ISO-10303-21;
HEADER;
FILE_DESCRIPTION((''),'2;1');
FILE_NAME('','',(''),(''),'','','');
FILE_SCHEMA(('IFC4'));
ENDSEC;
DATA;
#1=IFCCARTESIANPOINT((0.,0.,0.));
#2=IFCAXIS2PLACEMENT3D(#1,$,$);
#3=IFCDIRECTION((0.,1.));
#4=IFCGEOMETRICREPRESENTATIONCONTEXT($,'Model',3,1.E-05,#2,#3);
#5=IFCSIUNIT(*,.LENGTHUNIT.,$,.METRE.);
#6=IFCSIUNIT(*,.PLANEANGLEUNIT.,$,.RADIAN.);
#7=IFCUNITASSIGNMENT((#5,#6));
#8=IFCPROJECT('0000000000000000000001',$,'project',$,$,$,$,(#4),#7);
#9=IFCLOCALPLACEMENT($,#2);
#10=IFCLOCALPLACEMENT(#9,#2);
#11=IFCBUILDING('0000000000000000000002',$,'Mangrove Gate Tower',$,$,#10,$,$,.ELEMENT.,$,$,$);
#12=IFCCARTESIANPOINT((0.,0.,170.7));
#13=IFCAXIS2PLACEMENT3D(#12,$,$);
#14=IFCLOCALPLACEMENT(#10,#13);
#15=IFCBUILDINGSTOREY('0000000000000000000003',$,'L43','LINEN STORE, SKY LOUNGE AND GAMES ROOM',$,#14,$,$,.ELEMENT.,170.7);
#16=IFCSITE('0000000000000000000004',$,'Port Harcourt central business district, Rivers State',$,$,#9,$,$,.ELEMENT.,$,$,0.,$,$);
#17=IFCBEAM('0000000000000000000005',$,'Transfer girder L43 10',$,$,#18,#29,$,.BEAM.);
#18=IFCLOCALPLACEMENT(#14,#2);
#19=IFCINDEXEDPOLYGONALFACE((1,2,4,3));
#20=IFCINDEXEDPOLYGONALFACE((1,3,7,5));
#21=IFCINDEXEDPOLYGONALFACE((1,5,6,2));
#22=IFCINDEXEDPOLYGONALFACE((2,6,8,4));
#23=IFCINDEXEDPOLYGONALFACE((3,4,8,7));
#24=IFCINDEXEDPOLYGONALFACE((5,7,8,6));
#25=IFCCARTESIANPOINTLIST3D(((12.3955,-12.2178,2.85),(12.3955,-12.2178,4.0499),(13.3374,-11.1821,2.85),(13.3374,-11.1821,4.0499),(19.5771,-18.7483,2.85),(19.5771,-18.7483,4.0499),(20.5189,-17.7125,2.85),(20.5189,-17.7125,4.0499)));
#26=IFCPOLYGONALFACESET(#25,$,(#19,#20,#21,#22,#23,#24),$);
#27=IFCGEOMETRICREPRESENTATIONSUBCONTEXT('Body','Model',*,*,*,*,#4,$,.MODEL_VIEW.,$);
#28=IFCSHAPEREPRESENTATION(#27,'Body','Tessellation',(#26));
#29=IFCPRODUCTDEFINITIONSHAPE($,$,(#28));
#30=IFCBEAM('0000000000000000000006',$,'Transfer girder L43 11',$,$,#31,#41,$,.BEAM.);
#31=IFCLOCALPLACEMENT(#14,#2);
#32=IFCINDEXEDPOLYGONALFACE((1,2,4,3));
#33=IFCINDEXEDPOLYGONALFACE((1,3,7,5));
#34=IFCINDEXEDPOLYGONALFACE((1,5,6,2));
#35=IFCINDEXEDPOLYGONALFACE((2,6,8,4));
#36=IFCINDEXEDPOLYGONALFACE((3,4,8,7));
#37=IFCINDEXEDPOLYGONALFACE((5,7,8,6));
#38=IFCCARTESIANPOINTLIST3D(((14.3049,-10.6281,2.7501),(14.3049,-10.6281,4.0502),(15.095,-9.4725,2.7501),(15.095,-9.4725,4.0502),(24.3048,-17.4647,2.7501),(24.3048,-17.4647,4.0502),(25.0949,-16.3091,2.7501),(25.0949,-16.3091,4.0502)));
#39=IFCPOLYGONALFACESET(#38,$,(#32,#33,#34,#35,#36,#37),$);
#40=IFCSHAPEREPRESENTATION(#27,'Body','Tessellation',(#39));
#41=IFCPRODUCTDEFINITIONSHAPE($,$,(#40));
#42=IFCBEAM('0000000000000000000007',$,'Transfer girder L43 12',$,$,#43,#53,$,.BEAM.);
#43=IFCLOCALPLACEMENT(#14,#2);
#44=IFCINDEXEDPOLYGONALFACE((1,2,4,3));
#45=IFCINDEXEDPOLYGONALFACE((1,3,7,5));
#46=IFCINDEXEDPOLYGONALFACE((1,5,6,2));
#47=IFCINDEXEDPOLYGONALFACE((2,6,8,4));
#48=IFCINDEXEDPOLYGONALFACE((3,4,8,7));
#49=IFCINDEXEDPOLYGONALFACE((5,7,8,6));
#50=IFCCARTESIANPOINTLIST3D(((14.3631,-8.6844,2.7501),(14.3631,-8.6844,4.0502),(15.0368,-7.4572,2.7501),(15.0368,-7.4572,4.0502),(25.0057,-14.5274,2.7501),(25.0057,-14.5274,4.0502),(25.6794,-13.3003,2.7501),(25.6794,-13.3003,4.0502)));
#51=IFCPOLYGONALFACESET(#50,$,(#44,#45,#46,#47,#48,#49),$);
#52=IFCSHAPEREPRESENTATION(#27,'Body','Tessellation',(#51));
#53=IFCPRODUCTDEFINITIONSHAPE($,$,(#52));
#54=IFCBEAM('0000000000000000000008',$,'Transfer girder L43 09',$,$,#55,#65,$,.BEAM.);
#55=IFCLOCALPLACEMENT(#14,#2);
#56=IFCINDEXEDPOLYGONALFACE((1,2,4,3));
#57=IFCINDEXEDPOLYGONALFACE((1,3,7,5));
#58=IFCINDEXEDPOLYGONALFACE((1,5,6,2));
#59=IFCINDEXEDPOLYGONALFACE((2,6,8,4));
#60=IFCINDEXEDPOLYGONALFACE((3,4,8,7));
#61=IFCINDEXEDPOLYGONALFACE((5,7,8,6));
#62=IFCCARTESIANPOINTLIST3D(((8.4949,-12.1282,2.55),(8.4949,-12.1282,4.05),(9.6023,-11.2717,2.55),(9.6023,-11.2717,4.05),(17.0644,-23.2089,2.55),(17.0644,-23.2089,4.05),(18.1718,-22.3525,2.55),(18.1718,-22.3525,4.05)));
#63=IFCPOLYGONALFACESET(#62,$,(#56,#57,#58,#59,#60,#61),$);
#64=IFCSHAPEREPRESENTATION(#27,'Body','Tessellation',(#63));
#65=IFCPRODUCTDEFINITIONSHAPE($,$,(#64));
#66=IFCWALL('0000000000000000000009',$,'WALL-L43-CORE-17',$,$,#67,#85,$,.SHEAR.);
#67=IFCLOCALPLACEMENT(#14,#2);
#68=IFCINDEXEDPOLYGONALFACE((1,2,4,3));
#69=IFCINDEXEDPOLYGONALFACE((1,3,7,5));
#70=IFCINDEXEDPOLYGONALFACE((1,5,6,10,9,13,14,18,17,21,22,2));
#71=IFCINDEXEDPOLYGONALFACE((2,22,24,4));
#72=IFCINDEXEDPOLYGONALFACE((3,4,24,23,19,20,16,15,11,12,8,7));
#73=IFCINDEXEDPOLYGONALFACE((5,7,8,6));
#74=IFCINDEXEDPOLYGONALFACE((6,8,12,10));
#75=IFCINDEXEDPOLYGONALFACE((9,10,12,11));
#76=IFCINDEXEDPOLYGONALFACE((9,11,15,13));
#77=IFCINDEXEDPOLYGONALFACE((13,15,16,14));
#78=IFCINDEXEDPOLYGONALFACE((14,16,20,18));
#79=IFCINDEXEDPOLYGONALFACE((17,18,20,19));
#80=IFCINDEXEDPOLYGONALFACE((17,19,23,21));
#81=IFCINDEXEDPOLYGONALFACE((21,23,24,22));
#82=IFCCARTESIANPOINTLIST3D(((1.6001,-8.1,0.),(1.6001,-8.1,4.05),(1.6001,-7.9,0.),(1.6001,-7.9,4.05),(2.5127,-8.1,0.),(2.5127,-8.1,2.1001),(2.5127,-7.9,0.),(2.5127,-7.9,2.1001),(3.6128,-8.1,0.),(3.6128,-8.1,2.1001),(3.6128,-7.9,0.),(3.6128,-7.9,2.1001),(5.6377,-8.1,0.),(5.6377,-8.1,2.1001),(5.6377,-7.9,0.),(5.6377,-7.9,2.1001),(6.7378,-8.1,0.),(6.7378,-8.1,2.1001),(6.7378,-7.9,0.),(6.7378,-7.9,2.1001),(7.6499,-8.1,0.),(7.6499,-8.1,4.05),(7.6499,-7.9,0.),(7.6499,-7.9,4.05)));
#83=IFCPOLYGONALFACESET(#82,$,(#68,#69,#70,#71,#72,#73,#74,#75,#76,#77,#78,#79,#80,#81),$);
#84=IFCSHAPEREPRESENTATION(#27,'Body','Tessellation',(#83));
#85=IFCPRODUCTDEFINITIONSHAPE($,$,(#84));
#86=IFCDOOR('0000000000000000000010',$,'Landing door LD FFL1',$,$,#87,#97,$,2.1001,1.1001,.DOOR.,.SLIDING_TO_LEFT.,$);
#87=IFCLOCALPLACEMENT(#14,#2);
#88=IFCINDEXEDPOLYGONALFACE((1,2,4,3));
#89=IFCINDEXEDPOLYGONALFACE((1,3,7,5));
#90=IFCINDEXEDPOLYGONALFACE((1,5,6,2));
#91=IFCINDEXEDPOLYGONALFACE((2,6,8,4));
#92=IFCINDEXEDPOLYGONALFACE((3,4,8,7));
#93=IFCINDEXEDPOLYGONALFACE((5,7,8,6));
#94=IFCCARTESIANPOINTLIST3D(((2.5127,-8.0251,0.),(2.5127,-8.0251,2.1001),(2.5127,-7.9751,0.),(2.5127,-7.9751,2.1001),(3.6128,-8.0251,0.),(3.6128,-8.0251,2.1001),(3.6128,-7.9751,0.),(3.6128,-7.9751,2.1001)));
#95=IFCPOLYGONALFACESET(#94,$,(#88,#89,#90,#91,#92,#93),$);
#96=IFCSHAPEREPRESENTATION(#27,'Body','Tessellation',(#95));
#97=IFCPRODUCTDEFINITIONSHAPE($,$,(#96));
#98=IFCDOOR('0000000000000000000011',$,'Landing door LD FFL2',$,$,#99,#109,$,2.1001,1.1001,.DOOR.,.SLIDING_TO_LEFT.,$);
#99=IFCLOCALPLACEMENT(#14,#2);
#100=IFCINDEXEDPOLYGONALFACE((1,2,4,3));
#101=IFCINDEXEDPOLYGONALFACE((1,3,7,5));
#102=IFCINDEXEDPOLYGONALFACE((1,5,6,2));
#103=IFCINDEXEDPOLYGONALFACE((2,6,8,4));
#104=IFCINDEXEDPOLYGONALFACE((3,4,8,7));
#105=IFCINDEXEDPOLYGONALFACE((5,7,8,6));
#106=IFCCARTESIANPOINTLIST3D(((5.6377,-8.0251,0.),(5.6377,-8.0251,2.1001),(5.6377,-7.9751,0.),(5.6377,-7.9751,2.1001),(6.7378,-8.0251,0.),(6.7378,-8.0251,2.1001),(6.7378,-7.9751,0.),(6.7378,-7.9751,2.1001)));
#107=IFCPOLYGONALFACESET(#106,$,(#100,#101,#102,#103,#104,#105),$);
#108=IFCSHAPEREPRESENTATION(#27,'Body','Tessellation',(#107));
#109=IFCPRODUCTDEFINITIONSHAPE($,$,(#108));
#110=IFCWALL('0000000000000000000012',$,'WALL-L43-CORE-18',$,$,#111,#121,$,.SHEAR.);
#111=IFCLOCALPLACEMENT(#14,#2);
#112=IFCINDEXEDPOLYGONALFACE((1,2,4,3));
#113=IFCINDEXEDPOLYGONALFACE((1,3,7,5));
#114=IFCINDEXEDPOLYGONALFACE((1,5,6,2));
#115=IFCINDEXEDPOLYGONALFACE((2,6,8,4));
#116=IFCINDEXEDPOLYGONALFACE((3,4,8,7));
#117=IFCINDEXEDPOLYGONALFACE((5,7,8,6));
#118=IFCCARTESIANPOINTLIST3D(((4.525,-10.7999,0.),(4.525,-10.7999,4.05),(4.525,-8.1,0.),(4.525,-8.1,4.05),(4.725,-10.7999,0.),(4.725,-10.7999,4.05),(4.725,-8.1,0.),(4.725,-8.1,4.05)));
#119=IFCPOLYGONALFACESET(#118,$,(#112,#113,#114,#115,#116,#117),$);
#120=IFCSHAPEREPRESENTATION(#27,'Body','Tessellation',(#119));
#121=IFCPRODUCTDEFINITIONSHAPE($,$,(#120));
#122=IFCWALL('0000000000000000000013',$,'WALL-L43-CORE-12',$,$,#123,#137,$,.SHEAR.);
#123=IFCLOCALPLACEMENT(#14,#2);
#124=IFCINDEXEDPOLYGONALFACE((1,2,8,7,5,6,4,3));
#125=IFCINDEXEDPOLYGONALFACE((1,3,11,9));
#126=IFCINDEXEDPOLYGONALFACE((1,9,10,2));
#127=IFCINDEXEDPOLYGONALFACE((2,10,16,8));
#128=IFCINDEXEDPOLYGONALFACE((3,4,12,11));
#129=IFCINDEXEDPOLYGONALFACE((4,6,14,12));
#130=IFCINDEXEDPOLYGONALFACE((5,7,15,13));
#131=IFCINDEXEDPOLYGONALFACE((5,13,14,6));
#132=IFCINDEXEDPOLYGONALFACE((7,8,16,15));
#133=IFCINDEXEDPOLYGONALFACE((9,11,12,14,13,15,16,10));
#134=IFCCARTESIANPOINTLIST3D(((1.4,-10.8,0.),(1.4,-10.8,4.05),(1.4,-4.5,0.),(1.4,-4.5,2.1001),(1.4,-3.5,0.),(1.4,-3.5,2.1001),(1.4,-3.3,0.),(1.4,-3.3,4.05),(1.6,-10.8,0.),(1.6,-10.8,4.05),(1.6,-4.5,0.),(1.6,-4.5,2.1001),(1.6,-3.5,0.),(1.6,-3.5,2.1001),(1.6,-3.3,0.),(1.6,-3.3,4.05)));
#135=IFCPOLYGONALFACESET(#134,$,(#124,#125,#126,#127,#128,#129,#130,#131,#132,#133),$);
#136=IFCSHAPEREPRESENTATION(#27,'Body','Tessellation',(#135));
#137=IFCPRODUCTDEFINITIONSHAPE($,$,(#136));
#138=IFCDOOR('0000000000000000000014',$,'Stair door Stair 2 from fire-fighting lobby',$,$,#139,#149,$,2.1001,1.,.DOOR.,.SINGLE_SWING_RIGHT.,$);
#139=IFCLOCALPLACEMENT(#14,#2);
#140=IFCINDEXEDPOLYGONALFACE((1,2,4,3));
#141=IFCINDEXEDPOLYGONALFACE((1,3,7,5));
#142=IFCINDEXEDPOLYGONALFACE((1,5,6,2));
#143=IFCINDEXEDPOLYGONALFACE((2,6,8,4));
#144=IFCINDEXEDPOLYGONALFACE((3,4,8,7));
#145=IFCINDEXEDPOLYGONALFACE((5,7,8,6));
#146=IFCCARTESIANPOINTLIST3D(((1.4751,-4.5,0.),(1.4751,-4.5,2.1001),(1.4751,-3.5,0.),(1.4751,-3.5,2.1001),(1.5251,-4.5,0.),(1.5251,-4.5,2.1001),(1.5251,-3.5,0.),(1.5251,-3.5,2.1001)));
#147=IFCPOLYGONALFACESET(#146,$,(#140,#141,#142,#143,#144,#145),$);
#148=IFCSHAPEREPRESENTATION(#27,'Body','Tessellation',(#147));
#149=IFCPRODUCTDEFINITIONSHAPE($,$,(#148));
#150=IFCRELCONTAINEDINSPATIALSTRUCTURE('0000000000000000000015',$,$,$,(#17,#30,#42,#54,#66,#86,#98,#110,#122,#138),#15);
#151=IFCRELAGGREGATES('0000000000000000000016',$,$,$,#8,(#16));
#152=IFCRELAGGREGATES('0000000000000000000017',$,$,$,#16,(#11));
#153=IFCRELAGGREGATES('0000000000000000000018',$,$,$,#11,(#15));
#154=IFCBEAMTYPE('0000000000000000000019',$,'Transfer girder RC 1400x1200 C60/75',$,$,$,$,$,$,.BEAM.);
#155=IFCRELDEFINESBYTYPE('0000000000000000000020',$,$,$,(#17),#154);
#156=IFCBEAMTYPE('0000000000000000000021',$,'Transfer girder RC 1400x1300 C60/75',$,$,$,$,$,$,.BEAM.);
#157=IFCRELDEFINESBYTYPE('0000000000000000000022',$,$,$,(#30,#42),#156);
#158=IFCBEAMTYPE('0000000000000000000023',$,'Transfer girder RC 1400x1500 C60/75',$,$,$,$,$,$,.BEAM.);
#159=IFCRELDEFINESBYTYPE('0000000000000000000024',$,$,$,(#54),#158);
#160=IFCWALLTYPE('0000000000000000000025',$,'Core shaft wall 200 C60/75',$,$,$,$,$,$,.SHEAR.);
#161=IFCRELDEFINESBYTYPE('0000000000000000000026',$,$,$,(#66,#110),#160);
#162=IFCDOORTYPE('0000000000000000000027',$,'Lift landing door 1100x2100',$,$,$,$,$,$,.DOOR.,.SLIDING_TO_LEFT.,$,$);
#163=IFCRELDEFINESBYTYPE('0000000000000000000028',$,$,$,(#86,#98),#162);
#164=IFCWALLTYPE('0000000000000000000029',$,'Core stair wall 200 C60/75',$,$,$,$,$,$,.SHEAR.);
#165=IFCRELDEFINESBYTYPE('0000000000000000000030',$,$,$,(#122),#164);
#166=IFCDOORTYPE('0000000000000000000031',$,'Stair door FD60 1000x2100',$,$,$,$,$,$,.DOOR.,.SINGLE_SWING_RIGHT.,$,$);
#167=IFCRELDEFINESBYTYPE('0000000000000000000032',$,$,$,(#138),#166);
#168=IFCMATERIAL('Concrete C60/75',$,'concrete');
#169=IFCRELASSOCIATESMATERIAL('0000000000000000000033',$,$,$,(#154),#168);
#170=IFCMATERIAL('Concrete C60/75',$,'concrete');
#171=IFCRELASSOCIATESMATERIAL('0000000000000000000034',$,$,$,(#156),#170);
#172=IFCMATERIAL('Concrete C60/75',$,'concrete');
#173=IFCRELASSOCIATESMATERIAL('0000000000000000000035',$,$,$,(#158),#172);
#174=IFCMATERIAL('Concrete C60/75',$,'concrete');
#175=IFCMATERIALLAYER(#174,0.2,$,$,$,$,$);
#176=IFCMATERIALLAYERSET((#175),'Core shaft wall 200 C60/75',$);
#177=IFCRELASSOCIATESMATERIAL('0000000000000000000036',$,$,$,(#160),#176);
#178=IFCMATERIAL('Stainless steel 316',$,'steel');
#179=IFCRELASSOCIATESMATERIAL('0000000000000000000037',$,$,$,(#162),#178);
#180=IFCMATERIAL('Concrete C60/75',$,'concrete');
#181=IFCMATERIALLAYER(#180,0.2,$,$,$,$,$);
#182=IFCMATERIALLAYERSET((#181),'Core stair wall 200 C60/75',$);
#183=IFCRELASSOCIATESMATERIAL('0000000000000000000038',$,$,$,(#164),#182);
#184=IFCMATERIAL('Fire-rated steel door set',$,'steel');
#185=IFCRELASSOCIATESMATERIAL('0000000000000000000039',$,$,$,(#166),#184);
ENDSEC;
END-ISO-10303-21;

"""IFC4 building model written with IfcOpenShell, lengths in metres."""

from ifc_helpers import new_model, si_unit, direction, frame, frame_2d, origin, origin_2d, place, context, subcontext, project, spatial, rectangle, extrude, material, layer, layer_set, material_profile, profile_set, type_object, element, fill, save


model = new_model("IFC4")

# Units and contexts
model_context = context("Model", 3, precision=1e-05, world=origin(), true_north=direction((0.0, 1.0)))
body_context = subcontext(model_context, "Body", "Model", "MODEL_VIEW")
ifc_project = project(units=[si_unit("LENGTHUNIT", "METRE"), si_unit("PLANEANGLEUNIT", "RADIAN")], contexts=[model_context])

# Site, building, storey
site_placement = place(None, origin())
site = spatial("IfcSite", under=ifc_project, at=site_placement, Name="Port Harcourt central business district, Rivers State", CompositionType="ELEMENT", RefElevation=0.0)
building_placement = place(site_placement, origin())
building = spatial("IfcBuilding", under=site, at=building_placement, Name="Mangrove Gate Tower", CompositionType="ELEMENT")
storey_placement = place(building_placement, frame((0.0, 0.0, 170.7)))
storey = spatial("IfcBuildingStorey", under=building, at=storey_placement, Name="L43", Description="LINEN STORE, SKY LOUNGE AND GAMES ROOM", CompositionType="ELEMENT", Elevation=170.7)

# Beams
ifc_material_1 = material(Name="Concrete C60/75", Category="concrete")
ifc_material_profile_1 = material_profile(ifc_material_1, rectangle(XDim=1.3999, YDim=1.2, at=origin_2d()))
ifc_profile_set_1 = profile_set([ifc_material_profile_1], Name="Concrete C60/75")
beam_type_1 = type_object("IfcBeamType", Name="Transfer girder RC 1400x1200 C60/75", PredefinedType="BEAM", material=ifc_profile_set_1)
beam_1_placement = place(storey_placement, frame((12.8665, -11.7, 3.45), z_axis=(0.73985, -0.672772, 0.0), x_axis=(0.672772, 0.73985, 0.0)))
element("IfcBeam", 1, at=beam_1_placement, inside=storey, type_object=beam_type_1, Name="Transfer girder L43 10", PredefinedType="BEAM", context=body_context, shape_type="SweptSolid", body=[
    extrude(rectangle(XDim=1.3999, YDim=1.2, at=origin_2d()), origin(), (0.0, 0.0, 1.0), 9.7068),
])
ifc_material_2 = material(Name="Concrete C60/75", Category="concrete")
ifc_material_profile_2 = material_profile(ifc_material_2, rectangle(XDim=1.3999, YDim=1.3, at=origin_2d()))
ifc_profile_set_2 = profile_set([ifc_material_profile_2], Name="Concrete C60/75")
beam_type_2 = type_object("IfcBeamType", Name="Transfer girder RC 1400x1300 C60/75", PredefinedType="BEAM", material=ifc_profile_set_2)
beam_2_placement = place(storey_placement, frame((14.7, -10.0503, 3.4001), z_axis=(0.825516, -0.564378, 0.0), x_axis=(0.564378, 0.825516, 0.0)))
element("IfcBeam", 2, at=beam_2_placement, inside=storey, type_object=beam_type_2, Name="Transfer girder L43 11", PredefinedType="BEAM", context=body_context, shape_type="SweptSolid", body=[
    extrude(rectangle(XDim=1.3999, YDim=1.3, at=origin_2d()), origin(), (0.0, 0.0, 1.0), 12.1135),
])
beam_3_placement = place(storey_placement, frame((14.7, -8.0708, 3.4001), z_axis=(0.876577, -0.481261, 0.0), x_axis=(0.481261, 0.876577, 0.0)))
element("IfcBeam", 3, at=beam_3_placement, inside=storey, type_object=beam_type_2, Name="Transfer girder L43 12", PredefinedType="BEAM", context=body_context, shape_type="SweptSolid", body=[
    extrude(rectangle(XDim=1.3999, YDim=1.3, at=origin_2d()), origin(), (0.0, 0.0, 1.0), 12.1411),
])
ifc_material_3 = material(Name="Concrete C60/75", Category="concrete")
ifc_material_profile_3 = material_profile(ifc_material_3, rectangle(XDim=1.3999, YDim=1.5, at=origin_2d()))
ifc_profile_set_3 = profile_set([ifc_material_profile_3], Name="Concrete C60/75")
beam_type_3 = type_object("IfcBeamType", Name="Transfer girder RC 1400x1500 C60/75", PredefinedType="BEAM", material=ifc_profile_set_3)
beam_4_placement = place(storey_placement, frame((9.0486, -11.7, 3.3), z_axis=(0.611766, -0.791038, 0.0), x_axis=(0.791038, 0.611766, 0.0)))
element("IfcBeam", 4, at=beam_4_placement, inside=storey, type_object=beam_type_3, Name="Transfer girder L43 09", PredefinedType="BEAM", context=body_context, shape_type="SweptSolid", body=[
    extrude(rectangle(XDim=1.3999, YDim=1.5, at=origin_2d()), origin(), (0.0, 0.0, 1.0), 14.0078),
])

# Wall, openings, doors
ifc_material_4 = material(Name="Concrete C60/75", Category="concrete")
ifc_layer_1 = layer(ifc_material_4, 0.2)
ifc_layer_set_1 = layer_set([ifc_layer_1], Name="Core shaft wall 200 C60/75")
wall_type_1 = type_object("IfcWallType", Name="Core shaft wall 200 C60/75", PredefinedType="SHEAR", material=ifc_layer_set_1)
wall_1_placement = place(storey_placement, frame((1.6001, -8.0, 0.0), z_axis=(0.0, 0.0, 1.0), x_axis=(1.0, 0.0, 0.0)))
wall_1 = element("IfcWall", 5, at=wall_1_placement, inside=storey, type_object=wall_type_1, Name="WALL-L43-CORE-17", PredefinedType="SHEAR", context=body_context, shape_type="SweptSolid", body=[
    extrude(rectangle(XDim=6.0498, YDim=0.2, at=frame_2d((3.0249, 0.0))), origin(), (0.0, 0.0, 1.0), 4.05),
])
opening_1_placement = place(wall_1_placement, frame((0.9126, 0.0, 0.0)))
opening_1 = element("IfcOpeningElement", 6, at=opening_1_placement, cuts=wall_1, PredefinedType="OPENING", context=body_context, shape_type="SweptSolid", body=[
    extrude(rectangle(XDim=1.1001, YDim=2.1001, at=frame_2d((0.55, 1.05))), frame((0.0, 0.1099, 0.0), z_axis=(0.0, -1.0, 0.0), x_axis=(1.0, 0.0, 0.0)), (0.0, 0.0, 1.0), 0.22),
])
opening_2_placement = place(wall_1_placement, frame((4.0376, 0.0, 0.0)))
opening_2 = element("IfcOpeningElement", 7, at=opening_2_placement, cuts=wall_1, PredefinedType="OPENING", context=body_context, shape_type="SweptSolid", body=[
    extrude(rectangle(XDim=1.1001, YDim=2.1001, at=frame_2d((0.55, 1.05))), frame((0.0, 0.1099, 0.0), z_axis=(0.0, -1.0, 0.0), x_axis=(1.0, 0.0, 0.0)), (0.0, 0.0, 1.0), 0.22),
])
ifc_material_5 = material(Name="Stainless steel 316", Category="steel")
door_type_1 = type_object("IfcDoorType", Name="Lift landing door 1100x2100", OperationType="SLIDING_TO_LEFT", PredefinedType="DOOR", material=ifc_material_5)
door_1_placement = place(opening_1_placement, origin())
door_1 = element("IfcDoor", 8, at=door_1_placement, inside=storey, type_object=door_type_1, Name="Landing door LD FFL1", OperationType="SLIDING_TO_LEFT", OverallHeight=2.1001, OverallWidth=1.1001, PredefinedType="DOOR", context=body_context, shape_type="SweptSolid", body=[
    extrude(rectangle(XDim=1.1001, YDim=2.1001, at=frame_2d((0.55, 1.05))), frame((0.0, 0.0249, 0.0), z_axis=(0.0, -1.0, 0.0), x_axis=(1.0, 0.0, 0.0)), (0.0, 0.0, 1.0), 0.05),
])
fill(opening_1, door_1)
door_2_placement = place(opening_2_placement, origin())
door_2 = element("IfcDoor", 9, at=door_2_placement, inside=storey, type_object=door_type_1, Name="Landing door LD FFL2", OperationType="SLIDING_TO_LEFT", OverallHeight=2.1001, OverallWidth=1.1001, PredefinedType="DOOR", context=body_context, shape_type="SweptSolid", body=[
    extrude(rectangle(XDim=1.1001, YDim=2.1001, at=frame_2d((0.55, 1.05))), frame((0.0, 0.0249, 0.0), z_axis=(0.0, -1.0, 0.0), x_axis=(1.0, 0.0, 0.0)), (0.0, 0.0, 1.0), 0.05),
])
fill(opening_2, door_2)

# Wall
wall_2_placement = place(storey_placement, frame((4.625, -10.8, 0.0), z_axis=(0.0, 0.0, 1.0), x_axis=(0.0, 1.0, 0.0)))
element("IfcWall", 10, at=wall_2_placement, inside=storey, type_object=wall_type_1, Name="WALL-L43-CORE-18", PredefinedType="SHEAR", context=body_context, shape_type="SweptSolid", body=[
    extrude(rectangle(XDim=2.7, YDim=0.2, at=frame_2d((1.3501, 0.0))), origin(), (0.0, 0.0, 1.0), 4.05),
])

# Wall, opening, door
ifc_material_6 = material(Name="Concrete C60/75", Category="concrete")
ifc_layer_2 = layer(ifc_material_6, 0.2)
ifc_layer_set_2 = layer_set([ifc_layer_2], Name="Core stair wall 200 C60/75")
wall_type_2 = type_object("IfcWallType", Name="Core stair wall 200 C60/75", PredefinedType="SHEAR", material=ifc_layer_set_2)
wall_3_placement = place(storey_placement, frame((1.5, -10.8, 0.0), z_axis=(0.0, 0.0, 1.0), x_axis=(0.0, 1.0, 0.0)))
wall_3 = element("IfcWall", 11, at=wall_3_placement, inside=storey, type_object=wall_type_2, Name="WALL-L43-CORE-12", PredefinedType="SHEAR", context=body_context, shape_type="SweptSolid", body=[
    extrude(rectangle(XDim=7.5, YDim=0.2, at=frame_2d((3.75, 0.0))), origin(), (0.0, 0.0, 1.0), 4.05),
])
opening_3_placement = place(wall_3_placement, frame((6.3, 0.0, 0.0)))
opening_3 = element("IfcOpeningElement", 12, at=opening_3_placement, cuts=wall_3, PredefinedType="OPENING", context=body_context, shape_type="SweptSolid", body=[
    extrude(rectangle(XDim=1.0, YDim=2.1001, at=frame_2d((0.5, 1.05))), frame((0.0, 0.1099, 0.0), z_axis=(0.0, -1.0, 0.0), x_axis=(1.0, 0.0, 0.0)), (0.0, 0.0, 1.0), 0.22),
])
ifc_material_7 = material(Name="Fire-rated steel door set", Category="steel")
door_type_2 = type_object("IfcDoorType", Name="Stair door FD60 1000x2100", OperationType="SINGLE_SWING_RIGHT", PredefinedType="DOOR", material=ifc_material_7)
door_3_placement = place(opening_3_placement, origin())
door_3 = element("IfcDoor", 13, at=door_3_placement, inside=storey, type_object=door_type_2, Name="Stair door Stair 2 from fire-fighting lobby", OperationType="SINGLE_SWING_RIGHT", OverallHeight=2.1001, OverallWidth=1.0, PredefinedType="DOOR", context=body_context, shape_type="SweptSolid", body=[
    extrude(rectangle(XDim=1.0, YDim=2.1001, at=frame_2d((0.5, 1.05))), frame((0.0, 0.0249, 0.0), z_axis=(0.0, -1.0, 0.0), x_axis=(1.0, 0.0, 0.0)), (0.0, 0.0, 1.0), 0.05),
])
fill(opening_3, door_3)

save(model, "model.ifc")
